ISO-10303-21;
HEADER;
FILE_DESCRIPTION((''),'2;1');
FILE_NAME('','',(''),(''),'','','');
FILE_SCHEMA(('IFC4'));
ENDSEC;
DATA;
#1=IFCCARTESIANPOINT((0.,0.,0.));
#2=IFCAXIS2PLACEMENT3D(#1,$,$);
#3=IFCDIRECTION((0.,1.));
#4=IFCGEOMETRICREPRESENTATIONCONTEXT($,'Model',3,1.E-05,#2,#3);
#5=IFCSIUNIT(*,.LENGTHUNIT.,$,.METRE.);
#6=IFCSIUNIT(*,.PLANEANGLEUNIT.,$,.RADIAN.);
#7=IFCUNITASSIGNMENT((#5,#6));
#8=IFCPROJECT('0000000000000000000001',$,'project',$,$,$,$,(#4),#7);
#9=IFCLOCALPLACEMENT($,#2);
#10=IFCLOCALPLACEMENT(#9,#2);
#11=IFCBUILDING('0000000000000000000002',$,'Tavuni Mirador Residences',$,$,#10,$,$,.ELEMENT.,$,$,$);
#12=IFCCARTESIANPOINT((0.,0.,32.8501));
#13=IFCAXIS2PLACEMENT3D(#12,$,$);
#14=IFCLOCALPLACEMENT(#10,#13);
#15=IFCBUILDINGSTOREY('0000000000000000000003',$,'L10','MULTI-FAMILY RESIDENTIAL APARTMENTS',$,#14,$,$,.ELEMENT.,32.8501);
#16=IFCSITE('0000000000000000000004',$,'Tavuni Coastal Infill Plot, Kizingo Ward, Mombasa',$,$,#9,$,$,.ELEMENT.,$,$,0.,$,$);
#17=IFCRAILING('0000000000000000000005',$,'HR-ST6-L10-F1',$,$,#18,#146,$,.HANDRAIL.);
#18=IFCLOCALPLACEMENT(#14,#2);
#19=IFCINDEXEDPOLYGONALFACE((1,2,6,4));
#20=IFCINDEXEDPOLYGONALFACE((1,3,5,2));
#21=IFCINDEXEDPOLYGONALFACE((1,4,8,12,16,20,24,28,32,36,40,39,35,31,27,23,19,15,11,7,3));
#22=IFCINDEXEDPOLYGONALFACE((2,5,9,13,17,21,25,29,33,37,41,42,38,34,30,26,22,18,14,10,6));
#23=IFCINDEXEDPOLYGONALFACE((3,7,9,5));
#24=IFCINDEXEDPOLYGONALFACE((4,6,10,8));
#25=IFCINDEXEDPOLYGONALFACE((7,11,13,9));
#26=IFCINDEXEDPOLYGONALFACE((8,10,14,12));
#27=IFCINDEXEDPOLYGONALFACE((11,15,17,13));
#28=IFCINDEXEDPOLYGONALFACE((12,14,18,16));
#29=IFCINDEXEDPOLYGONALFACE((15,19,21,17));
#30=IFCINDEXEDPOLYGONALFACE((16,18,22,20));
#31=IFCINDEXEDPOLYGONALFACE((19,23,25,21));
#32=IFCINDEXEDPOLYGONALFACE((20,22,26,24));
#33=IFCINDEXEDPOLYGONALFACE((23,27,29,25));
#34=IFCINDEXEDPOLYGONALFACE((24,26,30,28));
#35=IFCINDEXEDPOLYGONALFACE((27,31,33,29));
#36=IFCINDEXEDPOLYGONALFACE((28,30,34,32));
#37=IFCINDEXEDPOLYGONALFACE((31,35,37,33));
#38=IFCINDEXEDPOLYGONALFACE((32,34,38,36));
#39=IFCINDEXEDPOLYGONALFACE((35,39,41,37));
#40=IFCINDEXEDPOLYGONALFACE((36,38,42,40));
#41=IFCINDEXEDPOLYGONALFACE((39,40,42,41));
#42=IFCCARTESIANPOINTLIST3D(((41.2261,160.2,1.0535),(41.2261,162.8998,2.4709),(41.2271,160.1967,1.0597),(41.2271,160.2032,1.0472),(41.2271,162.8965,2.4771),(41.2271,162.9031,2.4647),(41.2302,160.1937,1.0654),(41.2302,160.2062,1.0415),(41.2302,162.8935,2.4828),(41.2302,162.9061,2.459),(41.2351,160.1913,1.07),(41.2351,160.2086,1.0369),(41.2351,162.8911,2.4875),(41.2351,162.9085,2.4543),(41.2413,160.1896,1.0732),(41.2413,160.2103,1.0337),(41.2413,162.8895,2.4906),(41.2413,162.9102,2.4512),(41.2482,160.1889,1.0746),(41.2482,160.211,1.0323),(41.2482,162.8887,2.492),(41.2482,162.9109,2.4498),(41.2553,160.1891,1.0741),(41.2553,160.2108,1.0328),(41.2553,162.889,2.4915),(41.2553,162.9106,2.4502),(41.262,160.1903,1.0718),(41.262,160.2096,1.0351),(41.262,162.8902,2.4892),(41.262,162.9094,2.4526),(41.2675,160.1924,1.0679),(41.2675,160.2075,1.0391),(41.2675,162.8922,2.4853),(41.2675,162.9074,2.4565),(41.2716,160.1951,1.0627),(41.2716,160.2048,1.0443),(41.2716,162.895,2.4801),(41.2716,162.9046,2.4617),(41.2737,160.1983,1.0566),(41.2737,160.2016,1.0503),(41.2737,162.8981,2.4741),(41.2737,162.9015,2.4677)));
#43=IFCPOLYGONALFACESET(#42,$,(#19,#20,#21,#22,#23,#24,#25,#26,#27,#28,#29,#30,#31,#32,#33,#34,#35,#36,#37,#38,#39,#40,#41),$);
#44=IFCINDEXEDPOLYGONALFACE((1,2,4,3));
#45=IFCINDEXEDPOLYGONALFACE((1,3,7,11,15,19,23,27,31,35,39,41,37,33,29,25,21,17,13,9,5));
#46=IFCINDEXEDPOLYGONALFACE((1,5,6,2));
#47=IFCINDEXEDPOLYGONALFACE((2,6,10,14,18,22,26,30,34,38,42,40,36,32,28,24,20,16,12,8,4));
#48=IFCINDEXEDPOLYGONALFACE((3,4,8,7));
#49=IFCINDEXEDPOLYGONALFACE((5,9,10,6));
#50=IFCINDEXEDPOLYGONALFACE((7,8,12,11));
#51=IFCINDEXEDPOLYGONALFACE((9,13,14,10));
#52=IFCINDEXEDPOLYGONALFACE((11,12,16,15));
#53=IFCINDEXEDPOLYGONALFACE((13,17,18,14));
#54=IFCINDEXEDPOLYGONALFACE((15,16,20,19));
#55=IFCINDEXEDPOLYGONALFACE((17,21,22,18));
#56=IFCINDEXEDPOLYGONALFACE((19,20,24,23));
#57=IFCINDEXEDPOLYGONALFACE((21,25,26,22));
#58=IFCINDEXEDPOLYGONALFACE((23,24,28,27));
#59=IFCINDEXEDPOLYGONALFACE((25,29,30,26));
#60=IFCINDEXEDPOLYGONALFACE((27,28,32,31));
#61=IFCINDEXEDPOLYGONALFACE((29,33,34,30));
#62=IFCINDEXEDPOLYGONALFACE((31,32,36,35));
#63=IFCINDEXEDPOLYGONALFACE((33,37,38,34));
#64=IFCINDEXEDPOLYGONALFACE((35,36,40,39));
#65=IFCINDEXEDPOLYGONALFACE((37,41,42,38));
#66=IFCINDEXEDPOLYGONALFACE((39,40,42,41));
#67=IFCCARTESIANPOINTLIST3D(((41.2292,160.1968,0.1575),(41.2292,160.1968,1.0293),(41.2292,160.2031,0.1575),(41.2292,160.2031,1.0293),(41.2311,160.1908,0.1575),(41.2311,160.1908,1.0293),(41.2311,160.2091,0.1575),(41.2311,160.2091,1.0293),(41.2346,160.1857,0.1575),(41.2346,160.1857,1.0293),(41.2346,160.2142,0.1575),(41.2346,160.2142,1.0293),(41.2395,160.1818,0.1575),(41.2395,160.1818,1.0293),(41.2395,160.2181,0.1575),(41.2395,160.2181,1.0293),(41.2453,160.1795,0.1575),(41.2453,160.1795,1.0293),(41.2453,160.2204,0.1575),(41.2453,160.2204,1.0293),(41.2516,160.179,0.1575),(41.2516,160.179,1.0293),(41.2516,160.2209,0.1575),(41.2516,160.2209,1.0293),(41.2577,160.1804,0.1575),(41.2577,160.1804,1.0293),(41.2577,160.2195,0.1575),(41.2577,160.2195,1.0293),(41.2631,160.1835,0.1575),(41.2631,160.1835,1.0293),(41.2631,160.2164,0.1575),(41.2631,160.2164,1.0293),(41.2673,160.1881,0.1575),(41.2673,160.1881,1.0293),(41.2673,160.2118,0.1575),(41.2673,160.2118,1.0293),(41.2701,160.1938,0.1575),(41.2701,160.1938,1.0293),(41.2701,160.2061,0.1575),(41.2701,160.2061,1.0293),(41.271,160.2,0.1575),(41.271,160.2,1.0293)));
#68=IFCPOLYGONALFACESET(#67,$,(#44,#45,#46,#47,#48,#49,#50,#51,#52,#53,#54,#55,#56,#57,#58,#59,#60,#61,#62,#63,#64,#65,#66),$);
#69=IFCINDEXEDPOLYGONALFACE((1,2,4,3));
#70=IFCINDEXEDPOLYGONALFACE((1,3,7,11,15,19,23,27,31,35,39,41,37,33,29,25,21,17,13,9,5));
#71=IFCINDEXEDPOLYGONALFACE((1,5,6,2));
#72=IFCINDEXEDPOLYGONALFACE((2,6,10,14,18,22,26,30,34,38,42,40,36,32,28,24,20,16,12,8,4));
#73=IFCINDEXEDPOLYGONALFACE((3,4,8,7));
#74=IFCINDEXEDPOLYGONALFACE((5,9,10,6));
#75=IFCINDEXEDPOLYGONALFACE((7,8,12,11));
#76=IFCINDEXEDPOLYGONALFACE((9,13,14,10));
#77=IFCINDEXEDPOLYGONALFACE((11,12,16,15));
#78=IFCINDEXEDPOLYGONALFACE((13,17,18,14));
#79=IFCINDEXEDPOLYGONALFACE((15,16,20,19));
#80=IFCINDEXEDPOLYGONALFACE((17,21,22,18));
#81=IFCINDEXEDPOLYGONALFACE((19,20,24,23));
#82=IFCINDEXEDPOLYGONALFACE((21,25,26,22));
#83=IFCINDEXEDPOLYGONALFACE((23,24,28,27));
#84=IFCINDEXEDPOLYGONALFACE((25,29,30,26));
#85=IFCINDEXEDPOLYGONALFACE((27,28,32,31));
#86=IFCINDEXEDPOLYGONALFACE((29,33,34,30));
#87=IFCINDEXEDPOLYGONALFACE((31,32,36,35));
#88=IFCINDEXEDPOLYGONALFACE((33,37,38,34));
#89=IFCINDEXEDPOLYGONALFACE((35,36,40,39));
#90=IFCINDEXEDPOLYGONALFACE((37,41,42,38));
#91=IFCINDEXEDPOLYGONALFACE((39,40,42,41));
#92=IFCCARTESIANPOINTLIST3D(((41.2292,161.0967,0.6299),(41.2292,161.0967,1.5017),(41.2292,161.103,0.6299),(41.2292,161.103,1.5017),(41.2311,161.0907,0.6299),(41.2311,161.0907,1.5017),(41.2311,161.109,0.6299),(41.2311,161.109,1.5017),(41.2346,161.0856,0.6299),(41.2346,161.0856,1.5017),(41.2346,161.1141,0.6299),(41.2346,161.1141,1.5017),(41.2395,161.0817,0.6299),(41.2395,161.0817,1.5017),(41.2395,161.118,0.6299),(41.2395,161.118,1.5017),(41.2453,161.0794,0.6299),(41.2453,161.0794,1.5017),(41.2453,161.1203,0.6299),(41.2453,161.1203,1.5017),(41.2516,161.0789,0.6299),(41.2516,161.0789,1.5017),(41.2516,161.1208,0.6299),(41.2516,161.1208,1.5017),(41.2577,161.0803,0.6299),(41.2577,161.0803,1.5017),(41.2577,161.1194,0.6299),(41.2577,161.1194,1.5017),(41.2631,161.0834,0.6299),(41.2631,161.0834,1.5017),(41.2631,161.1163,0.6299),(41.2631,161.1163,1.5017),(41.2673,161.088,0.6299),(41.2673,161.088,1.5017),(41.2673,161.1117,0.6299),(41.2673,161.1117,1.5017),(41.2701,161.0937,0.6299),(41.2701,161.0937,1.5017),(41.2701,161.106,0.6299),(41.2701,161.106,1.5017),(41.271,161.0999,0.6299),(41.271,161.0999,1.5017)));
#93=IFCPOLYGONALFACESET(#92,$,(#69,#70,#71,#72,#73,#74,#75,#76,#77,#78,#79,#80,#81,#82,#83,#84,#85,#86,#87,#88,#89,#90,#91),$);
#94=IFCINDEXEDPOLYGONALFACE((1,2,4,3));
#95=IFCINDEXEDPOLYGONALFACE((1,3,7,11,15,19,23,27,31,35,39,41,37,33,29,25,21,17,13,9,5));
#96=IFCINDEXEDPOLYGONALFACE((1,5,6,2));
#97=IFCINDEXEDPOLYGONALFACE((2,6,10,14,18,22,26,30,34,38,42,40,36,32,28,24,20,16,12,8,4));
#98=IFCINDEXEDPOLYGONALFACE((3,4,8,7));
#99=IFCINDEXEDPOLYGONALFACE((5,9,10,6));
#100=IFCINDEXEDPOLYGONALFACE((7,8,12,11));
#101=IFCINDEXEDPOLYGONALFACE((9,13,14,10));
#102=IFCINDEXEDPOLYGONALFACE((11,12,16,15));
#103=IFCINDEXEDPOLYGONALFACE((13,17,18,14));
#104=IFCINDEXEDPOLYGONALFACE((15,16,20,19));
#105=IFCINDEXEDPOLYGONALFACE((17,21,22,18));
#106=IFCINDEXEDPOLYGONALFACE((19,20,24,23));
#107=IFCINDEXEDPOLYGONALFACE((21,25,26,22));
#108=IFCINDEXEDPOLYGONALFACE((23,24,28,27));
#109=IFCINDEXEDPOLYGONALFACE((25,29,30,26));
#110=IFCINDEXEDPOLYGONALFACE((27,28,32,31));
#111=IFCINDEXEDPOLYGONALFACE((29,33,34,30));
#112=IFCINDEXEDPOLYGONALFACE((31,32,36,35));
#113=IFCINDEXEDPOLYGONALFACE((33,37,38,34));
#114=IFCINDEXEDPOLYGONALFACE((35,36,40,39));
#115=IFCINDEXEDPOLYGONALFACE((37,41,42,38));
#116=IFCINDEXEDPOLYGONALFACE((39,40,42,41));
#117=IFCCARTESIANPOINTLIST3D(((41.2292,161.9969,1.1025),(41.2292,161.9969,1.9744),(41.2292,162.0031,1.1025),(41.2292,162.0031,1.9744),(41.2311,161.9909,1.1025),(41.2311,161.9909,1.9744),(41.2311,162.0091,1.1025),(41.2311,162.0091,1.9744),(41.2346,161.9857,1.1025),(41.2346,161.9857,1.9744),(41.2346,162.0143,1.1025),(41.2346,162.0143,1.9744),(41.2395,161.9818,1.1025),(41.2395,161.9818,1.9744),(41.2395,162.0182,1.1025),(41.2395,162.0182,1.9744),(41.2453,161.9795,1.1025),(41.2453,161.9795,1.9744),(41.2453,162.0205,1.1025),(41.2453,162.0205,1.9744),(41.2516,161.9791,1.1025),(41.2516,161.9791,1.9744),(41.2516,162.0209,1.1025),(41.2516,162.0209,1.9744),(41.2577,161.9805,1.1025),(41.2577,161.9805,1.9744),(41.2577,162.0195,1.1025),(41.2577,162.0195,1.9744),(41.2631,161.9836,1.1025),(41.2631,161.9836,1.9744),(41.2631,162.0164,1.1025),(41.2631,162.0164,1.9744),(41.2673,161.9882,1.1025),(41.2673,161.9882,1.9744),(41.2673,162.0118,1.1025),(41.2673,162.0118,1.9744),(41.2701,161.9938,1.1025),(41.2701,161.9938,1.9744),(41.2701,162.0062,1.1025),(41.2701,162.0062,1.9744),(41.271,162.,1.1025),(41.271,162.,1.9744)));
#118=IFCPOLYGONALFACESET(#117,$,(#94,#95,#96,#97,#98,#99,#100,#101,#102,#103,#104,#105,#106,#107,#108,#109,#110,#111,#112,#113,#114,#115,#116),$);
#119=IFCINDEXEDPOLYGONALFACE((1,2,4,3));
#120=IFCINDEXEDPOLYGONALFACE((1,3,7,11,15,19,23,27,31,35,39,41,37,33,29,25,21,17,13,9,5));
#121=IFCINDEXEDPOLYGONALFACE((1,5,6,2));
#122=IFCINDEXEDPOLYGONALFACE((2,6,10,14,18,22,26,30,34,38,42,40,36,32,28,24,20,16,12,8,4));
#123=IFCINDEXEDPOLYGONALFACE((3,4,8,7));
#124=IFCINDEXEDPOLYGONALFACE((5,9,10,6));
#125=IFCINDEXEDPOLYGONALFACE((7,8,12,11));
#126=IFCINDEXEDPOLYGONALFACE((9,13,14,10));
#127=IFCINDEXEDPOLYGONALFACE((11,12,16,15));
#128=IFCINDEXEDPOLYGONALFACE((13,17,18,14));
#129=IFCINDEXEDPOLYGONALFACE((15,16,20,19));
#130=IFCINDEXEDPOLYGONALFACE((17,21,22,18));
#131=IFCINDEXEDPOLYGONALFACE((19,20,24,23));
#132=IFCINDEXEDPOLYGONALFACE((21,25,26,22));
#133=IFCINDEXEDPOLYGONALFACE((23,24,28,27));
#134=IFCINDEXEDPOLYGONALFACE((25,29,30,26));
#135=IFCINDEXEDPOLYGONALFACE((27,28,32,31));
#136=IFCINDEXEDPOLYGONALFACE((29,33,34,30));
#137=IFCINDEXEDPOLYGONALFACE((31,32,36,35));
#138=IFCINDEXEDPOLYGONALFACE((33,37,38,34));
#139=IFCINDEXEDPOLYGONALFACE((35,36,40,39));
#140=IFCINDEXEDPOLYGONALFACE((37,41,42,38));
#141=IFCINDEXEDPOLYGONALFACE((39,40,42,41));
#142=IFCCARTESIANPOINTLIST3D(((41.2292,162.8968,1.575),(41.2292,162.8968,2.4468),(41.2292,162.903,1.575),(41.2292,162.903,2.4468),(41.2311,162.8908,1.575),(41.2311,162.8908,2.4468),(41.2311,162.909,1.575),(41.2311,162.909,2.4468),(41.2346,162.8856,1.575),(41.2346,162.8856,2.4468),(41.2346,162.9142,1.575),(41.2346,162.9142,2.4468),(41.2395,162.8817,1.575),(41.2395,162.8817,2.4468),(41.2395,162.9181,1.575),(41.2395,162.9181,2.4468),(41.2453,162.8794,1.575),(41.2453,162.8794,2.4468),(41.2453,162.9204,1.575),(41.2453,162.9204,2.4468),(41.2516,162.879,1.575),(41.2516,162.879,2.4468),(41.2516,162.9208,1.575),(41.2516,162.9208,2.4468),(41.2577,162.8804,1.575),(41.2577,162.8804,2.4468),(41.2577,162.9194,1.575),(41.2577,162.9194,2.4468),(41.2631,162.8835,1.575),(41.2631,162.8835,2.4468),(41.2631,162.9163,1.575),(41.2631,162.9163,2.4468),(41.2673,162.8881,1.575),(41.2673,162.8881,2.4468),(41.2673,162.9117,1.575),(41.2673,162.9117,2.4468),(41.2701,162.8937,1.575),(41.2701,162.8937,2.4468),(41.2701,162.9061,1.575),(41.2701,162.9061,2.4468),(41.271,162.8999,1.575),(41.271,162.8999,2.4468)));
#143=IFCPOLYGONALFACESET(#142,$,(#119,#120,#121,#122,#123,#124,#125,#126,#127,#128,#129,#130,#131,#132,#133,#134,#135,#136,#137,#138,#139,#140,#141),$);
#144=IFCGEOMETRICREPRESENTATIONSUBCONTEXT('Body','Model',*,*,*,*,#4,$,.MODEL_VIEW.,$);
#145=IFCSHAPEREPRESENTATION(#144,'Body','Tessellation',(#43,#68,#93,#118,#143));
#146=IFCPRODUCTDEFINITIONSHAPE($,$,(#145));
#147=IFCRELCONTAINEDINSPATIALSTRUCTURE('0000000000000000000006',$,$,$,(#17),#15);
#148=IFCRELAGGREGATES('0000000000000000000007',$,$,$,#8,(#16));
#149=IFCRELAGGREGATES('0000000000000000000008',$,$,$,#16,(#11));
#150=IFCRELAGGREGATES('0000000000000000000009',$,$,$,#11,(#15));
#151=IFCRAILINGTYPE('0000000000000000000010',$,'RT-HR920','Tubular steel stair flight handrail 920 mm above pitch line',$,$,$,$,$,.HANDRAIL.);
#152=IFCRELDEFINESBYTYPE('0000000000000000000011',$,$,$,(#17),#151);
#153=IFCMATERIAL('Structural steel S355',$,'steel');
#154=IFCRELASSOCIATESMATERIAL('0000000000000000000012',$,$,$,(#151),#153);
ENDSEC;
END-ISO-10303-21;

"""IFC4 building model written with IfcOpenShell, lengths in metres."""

from ifc_helpers import new_model, si_unit, direction, frame, origin, origin_2d, place, context, subcontext, project, spatial, circle, extrude, material, type_object, element, save


model = new_model("IFC4")

# Units and contexts
model_context = context("Model", 3, precision=1e-05, world=origin(), true_north=direction((0.0, 1.0)))
body_context = subcontext(model_context, "Body", "Model", "MODEL_VIEW")
ifc_project = project(units=[si_unit("LENGTHUNIT", "METRE"), si_unit("PLANEANGLEUNIT", "RADIAN")], contexts=[model_context])

# Site, building, storey
site_placement = place(None, origin())
site = spatial("IfcSite", under=ifc_project, at=site_placement, Name="Tavuni Coastal Infill Plot, Kizingo Ward, Mombasa", CompositionType="ELEMENT", RefElevation=0.0)
building_placement = place(site_placement, origin())
building = spatial("IfcBuilding", under=site, at=building_placement, Name="Tavuni Mirador Residences", CompositionType="ELEMENT")
storey_placement = place(building_placement, frame((0.0, 0.0, 32.8501)))
storey = spatial("IfcBuildingStorey", under=building, at=storey_placement, Name="L10", Description="MULTI-FAMILY RESIDENTIAL APARTMENTS", CompositionType="ELEMENT", Elevation=32.8501)

# Shared definitions
ifc_material_1 = material(Name="Structural steel S355", Category="steel")

# Railing
railing_type_1 = type_object("IfcRailingType", Name="RT-HR920", Description="Tubular steel stair flight handrail 920 mm above pitch line", PredefinedType="HANDRAIL", material=ifc_material_1)
railing_1_placement = place(storey_placement, frame((41.25, 160.2, 0.1575)))
element("IfcRailing", 1, at=railing_1_placement, inside=storey, type_object=railing_type_1, Name="HR-ST6-L10-F1", PredefinedType="HANDRAIL", context=body_context, shape_type="SweptSolid", body=[
    extrude(circle(Radius=0.0239, at=origin_2d()), frame((0.0, 0.0, 0.896), z_axis=(0.0, 0.885397, 0.464835), x_axis=(-1.0, 0.0, 0.0)), (0.0, 0.0, 1.0), 3.0493),
    extrude(circle(Radius=0.021, at=origin_2d()), origin(), (0.0, 0.0, 1.0), 0.8718),
    extrude(circle(Radius=0.021, at=origin_2d()), frame((0.0, 0.8999, 0.4724)), (0.0, 0.0, 1.0), 0.8718),
    extrude(circle(Radius=0.021, at=origin_2d()), frame((0.0, 1.8, 0.9451)), (0.0, 0.0, 1.0), 0.8718),
    extrude(circle(Radius=0.021, at=origin_2d()), frame((0.0, 2.7, 1.4175)), (0.0, 0.0, 1.0), 0.8718),
])

save(model, "model.ifc")
